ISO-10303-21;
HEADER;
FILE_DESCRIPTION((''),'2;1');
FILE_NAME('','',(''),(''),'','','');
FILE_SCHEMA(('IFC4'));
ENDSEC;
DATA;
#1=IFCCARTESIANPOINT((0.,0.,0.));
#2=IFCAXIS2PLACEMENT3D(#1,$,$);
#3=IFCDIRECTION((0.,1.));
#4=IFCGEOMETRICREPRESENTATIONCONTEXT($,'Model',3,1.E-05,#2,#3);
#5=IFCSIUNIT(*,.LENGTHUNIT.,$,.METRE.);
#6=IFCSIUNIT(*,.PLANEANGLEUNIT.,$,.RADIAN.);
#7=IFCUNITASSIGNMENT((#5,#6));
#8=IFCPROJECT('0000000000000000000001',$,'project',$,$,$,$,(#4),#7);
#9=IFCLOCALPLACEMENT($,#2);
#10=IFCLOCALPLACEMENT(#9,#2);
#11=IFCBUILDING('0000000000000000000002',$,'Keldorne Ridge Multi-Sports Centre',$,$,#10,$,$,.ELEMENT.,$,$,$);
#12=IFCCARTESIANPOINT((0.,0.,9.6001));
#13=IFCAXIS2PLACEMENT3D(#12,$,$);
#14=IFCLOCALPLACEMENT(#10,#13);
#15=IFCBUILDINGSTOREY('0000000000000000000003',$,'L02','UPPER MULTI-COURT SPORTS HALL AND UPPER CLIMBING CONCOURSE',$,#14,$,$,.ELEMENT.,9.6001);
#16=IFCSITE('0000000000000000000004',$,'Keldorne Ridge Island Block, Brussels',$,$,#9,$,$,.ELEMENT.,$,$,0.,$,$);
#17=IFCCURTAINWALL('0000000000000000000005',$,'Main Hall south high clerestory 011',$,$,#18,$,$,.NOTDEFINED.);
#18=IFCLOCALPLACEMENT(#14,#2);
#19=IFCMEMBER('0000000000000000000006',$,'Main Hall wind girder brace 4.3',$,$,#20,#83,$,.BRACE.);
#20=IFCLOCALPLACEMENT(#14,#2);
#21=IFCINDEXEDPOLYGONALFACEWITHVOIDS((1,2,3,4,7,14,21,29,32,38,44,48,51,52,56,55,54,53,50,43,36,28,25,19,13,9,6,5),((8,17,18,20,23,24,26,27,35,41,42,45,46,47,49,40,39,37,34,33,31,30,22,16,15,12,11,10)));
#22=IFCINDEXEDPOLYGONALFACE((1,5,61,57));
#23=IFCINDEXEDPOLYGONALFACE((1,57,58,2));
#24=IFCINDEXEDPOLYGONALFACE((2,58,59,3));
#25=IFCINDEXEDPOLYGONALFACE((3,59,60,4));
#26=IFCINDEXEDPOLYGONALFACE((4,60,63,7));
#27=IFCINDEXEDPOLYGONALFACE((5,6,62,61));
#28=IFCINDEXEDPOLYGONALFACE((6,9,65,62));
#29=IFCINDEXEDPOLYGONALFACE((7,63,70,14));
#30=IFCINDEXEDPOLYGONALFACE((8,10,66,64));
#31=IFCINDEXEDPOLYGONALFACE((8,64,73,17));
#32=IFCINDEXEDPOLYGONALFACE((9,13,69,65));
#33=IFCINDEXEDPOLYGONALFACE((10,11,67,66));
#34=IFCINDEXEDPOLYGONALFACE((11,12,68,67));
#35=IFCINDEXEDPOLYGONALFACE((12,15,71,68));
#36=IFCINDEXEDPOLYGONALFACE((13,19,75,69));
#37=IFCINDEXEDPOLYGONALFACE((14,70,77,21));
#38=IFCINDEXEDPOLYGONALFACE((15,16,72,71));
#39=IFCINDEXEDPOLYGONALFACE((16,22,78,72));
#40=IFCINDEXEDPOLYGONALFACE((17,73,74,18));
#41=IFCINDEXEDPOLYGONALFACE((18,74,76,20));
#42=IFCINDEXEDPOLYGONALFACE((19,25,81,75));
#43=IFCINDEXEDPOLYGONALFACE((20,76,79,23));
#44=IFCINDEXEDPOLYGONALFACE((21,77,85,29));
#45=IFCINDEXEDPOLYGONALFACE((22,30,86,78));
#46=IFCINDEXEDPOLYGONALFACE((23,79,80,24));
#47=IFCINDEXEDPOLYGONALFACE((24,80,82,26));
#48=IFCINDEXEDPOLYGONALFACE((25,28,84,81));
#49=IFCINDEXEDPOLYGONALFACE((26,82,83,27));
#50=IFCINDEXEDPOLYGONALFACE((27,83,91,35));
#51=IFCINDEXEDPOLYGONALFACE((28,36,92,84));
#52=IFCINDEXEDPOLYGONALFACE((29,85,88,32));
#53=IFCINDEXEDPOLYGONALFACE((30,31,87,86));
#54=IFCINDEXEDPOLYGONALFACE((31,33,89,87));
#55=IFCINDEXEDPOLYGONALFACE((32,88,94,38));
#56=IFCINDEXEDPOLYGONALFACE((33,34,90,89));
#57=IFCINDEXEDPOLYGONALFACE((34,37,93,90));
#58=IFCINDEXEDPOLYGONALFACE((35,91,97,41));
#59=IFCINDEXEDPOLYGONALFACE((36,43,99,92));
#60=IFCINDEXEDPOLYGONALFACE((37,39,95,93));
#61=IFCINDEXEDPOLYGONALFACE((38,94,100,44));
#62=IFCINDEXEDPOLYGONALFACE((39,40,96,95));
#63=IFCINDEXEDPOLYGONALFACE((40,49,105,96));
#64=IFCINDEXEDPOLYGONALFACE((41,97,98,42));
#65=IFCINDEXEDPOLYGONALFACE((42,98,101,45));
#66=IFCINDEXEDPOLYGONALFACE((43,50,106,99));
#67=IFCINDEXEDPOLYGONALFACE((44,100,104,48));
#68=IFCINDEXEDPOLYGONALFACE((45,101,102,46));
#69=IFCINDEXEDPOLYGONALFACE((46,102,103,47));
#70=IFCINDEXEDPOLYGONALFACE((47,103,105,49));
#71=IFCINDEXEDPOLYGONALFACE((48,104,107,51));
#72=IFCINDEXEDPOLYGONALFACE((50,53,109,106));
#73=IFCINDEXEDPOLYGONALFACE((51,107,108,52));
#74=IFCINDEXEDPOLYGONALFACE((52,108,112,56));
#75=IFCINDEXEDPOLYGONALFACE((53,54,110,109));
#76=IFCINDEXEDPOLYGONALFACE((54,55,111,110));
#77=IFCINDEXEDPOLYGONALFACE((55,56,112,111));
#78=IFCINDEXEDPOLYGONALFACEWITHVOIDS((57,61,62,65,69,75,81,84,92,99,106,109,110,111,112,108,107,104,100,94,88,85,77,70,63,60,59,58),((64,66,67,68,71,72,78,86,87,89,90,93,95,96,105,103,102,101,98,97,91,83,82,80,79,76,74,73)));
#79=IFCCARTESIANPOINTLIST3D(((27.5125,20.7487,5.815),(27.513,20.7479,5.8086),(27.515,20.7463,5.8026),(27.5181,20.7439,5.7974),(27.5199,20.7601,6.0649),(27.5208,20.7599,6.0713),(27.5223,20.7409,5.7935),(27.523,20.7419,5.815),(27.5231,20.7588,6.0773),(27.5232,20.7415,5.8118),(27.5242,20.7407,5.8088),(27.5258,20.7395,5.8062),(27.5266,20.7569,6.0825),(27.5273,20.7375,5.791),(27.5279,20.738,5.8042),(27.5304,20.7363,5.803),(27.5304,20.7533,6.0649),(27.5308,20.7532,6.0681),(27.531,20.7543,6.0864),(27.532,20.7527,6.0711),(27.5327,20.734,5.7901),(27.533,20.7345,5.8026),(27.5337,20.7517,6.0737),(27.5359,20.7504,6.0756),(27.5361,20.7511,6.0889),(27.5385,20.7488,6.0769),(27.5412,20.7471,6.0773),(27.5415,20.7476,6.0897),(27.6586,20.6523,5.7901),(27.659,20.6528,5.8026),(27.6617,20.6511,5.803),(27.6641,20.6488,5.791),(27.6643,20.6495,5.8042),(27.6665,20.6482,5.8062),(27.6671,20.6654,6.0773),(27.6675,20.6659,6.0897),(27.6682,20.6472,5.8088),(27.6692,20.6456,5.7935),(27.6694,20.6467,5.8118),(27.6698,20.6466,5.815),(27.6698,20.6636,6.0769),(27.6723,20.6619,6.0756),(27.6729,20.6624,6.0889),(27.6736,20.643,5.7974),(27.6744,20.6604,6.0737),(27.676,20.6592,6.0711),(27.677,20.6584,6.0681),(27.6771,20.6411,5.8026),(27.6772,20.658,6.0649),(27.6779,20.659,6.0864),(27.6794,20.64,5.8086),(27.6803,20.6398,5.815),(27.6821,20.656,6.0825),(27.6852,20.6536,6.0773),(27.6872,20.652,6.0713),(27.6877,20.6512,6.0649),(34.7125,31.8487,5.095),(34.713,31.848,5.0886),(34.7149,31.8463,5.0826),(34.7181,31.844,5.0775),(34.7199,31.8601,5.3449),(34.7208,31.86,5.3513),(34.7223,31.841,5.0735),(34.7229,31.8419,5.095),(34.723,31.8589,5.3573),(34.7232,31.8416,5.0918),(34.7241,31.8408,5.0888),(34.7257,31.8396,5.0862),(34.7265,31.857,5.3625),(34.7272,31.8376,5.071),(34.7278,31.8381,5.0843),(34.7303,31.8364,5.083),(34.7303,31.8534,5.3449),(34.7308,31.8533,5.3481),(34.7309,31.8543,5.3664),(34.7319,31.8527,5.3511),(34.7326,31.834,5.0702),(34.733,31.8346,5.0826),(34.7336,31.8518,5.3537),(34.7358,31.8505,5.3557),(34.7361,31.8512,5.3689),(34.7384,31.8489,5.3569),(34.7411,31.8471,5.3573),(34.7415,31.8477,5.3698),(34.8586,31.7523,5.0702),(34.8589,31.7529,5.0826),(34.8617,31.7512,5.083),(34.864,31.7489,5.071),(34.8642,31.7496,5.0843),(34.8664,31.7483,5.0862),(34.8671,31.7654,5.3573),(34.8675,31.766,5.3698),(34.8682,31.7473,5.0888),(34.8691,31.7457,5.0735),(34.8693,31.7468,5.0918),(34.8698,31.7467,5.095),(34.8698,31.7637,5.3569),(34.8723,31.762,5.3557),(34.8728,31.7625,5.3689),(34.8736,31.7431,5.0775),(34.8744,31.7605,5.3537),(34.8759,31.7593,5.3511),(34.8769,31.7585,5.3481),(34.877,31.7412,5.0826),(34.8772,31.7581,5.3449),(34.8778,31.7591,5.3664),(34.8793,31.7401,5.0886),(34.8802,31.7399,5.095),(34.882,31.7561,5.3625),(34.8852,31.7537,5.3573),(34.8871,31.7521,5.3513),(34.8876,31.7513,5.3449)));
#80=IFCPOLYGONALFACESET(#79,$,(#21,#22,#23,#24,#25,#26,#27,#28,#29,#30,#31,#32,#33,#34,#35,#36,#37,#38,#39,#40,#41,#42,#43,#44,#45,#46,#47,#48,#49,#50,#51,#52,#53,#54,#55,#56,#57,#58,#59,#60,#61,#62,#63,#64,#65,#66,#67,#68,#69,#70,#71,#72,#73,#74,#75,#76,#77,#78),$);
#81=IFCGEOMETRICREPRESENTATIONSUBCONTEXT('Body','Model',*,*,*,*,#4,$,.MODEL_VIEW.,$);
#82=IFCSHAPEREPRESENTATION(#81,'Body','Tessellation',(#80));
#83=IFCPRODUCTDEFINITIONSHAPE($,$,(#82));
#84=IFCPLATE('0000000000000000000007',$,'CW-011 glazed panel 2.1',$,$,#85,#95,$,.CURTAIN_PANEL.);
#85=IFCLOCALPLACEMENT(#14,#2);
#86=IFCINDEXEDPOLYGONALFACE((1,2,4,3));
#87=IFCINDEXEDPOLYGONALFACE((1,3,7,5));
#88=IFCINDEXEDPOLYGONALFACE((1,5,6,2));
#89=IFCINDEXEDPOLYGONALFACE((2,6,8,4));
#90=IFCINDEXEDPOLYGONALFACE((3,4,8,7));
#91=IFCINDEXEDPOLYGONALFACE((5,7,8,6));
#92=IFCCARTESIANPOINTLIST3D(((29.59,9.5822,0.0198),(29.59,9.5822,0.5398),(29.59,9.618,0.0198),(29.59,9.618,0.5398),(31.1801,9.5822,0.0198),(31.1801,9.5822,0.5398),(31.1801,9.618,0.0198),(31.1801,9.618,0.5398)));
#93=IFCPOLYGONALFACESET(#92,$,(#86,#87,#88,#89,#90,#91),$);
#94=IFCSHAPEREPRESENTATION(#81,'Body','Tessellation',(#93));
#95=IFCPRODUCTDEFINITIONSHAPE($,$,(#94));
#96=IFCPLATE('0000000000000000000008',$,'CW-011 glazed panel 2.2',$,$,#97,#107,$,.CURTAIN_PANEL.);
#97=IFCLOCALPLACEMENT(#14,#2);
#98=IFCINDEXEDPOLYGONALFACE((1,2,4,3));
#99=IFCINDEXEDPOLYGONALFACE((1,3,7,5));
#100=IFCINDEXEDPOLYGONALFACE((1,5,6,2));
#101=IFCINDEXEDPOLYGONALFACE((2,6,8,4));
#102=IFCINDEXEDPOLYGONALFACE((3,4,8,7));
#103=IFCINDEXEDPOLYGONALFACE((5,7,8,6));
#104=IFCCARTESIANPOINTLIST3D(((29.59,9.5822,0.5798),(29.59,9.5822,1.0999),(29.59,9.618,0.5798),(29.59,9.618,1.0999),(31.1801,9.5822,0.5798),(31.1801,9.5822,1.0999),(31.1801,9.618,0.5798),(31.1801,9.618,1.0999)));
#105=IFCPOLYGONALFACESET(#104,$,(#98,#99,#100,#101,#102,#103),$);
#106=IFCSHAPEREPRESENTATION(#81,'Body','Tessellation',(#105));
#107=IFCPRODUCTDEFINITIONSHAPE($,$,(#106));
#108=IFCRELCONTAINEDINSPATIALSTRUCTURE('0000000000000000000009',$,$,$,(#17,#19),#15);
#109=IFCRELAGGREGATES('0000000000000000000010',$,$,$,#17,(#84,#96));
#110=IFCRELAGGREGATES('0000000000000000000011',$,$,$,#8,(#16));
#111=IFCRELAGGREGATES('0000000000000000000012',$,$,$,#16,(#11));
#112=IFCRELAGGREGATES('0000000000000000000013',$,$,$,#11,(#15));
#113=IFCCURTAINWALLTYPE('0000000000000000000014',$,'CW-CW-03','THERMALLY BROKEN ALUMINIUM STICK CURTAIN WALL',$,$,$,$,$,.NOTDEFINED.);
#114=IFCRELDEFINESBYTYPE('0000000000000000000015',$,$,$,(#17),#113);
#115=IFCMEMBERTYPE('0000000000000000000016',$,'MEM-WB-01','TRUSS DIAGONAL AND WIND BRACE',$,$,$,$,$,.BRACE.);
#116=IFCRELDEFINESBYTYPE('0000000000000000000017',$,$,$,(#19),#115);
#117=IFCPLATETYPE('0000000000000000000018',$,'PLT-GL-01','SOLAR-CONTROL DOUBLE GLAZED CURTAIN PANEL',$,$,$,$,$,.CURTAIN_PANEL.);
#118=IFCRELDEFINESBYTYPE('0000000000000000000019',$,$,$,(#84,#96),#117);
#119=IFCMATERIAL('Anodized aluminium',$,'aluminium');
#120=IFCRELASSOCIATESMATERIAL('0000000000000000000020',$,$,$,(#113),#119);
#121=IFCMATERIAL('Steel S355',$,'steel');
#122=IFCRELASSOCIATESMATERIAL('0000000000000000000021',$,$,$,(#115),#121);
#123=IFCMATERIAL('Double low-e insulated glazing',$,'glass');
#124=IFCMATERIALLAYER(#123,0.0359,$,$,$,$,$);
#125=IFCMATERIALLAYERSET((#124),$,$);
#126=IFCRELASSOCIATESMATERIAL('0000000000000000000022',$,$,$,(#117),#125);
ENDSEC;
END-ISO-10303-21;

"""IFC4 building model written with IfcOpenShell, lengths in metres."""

from ifc_helpers import new_model, si_unit, direction, frame, origin, origin_2d, place, context, subcontext, project, spatial, rectangle, hollow_rectangle, extrude, material, layer, layer_set, material_profile, profile_set, type_object, element, aggregate, save


model = new_model("IFC4")

# Units and contexts
model_context = context("Model", 3, precision=1e-05, world=origin(), true_north=direction((0.0, 1.0)))
body_context = subcontext(model_context, "Body", "Model", "MODEL_VIEW")
ifc_project = project(units=[si_unit("LENGTHUNIT", "METRE"), si_unit("PLANEANGLEUNIT", "RADIAN")], contexts=[model_context])

# Site, building, storey
site_placement = place(None, origin())
site = spatial("IfcSite", under=ifc_project, at=site_placement, Name="Keldorne Ridge Island Block, Brussels", CompositionType="ELEMENT", RefElevation=0.0)
building_placement = place(site_placement, origin())
building = spatial("IfcBuilding", under=site, at=building_placement, Name="Keldorne Ridge Multi-Sports Centre", CompositionType="ELEMENT")
storey_placement = place(building_placement, frame((0.0, 0.0, 9.6001)))
storey = spatial("IfcBuildingStorey", under=building, at=storey_placement, Name="L02", Description="UPPER MULTI-COURT SPORTS HALL AND UPPER CLIMBING CONCOURSE", CompositionType="ELEMENT", Elevation=9.6001)

# Curtain wall
ifc_material_1 = material(Name="Anodized aluminium", Category="aluminium")
curtain_wall_type = type_object("IfcCurtainWallType", Name="CW-CW-03", Description="THERMALLY BROKEN ALUMINIUM STICK CURTAIN WALL", PredefinedType="NOTDEFINED", material=ifc_material_1)
curtain_wall_placement = place(storey_placement, origin())
curtain_wall = element("IfcCurtainWall", 1, at=curtain_wall_placement, inside=storey, type_object=curtain_wall_type, Name="Main Hall south high clerestory 011", PredefinedType="NOTDEFINED")

# Shared definitions
ifc_material_2 = material(Name="Steel S355", Category="steel")

# Member
ifc_material_profile_1 = material_profile(ifc_material_2, hollow_rectangle(XDim=0.2, YDim=0.3, WallThickness=0.0125, InnerFilletRadius=0.0125, OuterFilletRadius=0.0249, at=origin_2d()), Name="RHS 300x200x12.5")
ifc_profile_set_1 = profile_set([ifc_material_profile_1], Name="Steel S355")
member_type_1 = type_object("IfcMemberType", Name="MEM-WB-01", Description="TRUSS DIAGONAL AND WIND BRACE", PredefinedType="BRACE", material=ifc_profile_set_1)
member_1_placement = place(storey_placement, frame((27.6001, 20.7, 5.9399), z_axis=(0.543381, 0.837726, -0.054336), x_axis=(-0.838965, 0.544185, 0.0)))
element("IfcMember", 2, at=member_1_placement, inside=storey, type_object=member_type_1, Name="Main Hall wind girder brace 4.3", PredefinedType="BRACE", context=body_context, shape_type="SweptSolid", body=[
    extrude(hollow_rectangle(XDim=0.2, YDim=0.3, WallThickness=0.0125, InnerFilletRadius=0.0125, OuterFilletRadius=0.0249, at=origin_2d()), origin(), (0.0, 0.0, 1.0), 13.2502),
])

# Plates
ifc_material_3 = material(Name="Double low-e insulated glazing", Category="glass")
ifc_layer = layer(ifc_material_3, 0.0359)
ifc_layer_set = layer_set([ifc_layer])
plate_type = type_object("IfcPlateType", Name="PLT-GL-01", Description="SOLAR-CONTROL DOUBLE GLAZED CURTAIN PANEL", PredefinedType="CURTAIN_PANEL", material=ifc_layer_set)
plate_1_placement = place(storey_placement, frame((30.385, 9.6001, 0.0198), z_axis=(0.0, 0.0, 1.0), x_axis=(1.0, 0.0, 0.0)))
plate_1 = element("IfcPlate", 3, at=plate_1_placement, type_object=plate_type, Name="CW-011 glazed panel 2.1", PredefinedType="CURTAIN_PANEL", context=body_context, shape_type="SweptSolid", body=[
    extrude(rectangle(XDim=1.5901, YDim=0.0359, at=origin_2d()), origin(), (0.0, 0.0, 1.0), 0.52),
])
plate_2_placement = place(storey_placement, frame((30.385, 9.6001, 0.5798), z_axis=(0.0, 0.0, 1.0), x_axis=(1.0, 0.0, 0.0)))
plate_2 = element("IfcPlate", 4, at=plate_2_placement, type_object=plate_type, Name="CW-011 glazed panel 2.2", PredefinedType="CURTAIN_PANEL", context=body_context, shape_type="SweptSolid", body=[
    extrude(rectangle(XDim=1.5901, YDim=0.0359, at=origin_2d()), origin(), (0.0, 0.0, 1.0), 0.52),
])
aggregate(curtain_wall, [plate_1, plate_2])

save(model, "model.ifc")
